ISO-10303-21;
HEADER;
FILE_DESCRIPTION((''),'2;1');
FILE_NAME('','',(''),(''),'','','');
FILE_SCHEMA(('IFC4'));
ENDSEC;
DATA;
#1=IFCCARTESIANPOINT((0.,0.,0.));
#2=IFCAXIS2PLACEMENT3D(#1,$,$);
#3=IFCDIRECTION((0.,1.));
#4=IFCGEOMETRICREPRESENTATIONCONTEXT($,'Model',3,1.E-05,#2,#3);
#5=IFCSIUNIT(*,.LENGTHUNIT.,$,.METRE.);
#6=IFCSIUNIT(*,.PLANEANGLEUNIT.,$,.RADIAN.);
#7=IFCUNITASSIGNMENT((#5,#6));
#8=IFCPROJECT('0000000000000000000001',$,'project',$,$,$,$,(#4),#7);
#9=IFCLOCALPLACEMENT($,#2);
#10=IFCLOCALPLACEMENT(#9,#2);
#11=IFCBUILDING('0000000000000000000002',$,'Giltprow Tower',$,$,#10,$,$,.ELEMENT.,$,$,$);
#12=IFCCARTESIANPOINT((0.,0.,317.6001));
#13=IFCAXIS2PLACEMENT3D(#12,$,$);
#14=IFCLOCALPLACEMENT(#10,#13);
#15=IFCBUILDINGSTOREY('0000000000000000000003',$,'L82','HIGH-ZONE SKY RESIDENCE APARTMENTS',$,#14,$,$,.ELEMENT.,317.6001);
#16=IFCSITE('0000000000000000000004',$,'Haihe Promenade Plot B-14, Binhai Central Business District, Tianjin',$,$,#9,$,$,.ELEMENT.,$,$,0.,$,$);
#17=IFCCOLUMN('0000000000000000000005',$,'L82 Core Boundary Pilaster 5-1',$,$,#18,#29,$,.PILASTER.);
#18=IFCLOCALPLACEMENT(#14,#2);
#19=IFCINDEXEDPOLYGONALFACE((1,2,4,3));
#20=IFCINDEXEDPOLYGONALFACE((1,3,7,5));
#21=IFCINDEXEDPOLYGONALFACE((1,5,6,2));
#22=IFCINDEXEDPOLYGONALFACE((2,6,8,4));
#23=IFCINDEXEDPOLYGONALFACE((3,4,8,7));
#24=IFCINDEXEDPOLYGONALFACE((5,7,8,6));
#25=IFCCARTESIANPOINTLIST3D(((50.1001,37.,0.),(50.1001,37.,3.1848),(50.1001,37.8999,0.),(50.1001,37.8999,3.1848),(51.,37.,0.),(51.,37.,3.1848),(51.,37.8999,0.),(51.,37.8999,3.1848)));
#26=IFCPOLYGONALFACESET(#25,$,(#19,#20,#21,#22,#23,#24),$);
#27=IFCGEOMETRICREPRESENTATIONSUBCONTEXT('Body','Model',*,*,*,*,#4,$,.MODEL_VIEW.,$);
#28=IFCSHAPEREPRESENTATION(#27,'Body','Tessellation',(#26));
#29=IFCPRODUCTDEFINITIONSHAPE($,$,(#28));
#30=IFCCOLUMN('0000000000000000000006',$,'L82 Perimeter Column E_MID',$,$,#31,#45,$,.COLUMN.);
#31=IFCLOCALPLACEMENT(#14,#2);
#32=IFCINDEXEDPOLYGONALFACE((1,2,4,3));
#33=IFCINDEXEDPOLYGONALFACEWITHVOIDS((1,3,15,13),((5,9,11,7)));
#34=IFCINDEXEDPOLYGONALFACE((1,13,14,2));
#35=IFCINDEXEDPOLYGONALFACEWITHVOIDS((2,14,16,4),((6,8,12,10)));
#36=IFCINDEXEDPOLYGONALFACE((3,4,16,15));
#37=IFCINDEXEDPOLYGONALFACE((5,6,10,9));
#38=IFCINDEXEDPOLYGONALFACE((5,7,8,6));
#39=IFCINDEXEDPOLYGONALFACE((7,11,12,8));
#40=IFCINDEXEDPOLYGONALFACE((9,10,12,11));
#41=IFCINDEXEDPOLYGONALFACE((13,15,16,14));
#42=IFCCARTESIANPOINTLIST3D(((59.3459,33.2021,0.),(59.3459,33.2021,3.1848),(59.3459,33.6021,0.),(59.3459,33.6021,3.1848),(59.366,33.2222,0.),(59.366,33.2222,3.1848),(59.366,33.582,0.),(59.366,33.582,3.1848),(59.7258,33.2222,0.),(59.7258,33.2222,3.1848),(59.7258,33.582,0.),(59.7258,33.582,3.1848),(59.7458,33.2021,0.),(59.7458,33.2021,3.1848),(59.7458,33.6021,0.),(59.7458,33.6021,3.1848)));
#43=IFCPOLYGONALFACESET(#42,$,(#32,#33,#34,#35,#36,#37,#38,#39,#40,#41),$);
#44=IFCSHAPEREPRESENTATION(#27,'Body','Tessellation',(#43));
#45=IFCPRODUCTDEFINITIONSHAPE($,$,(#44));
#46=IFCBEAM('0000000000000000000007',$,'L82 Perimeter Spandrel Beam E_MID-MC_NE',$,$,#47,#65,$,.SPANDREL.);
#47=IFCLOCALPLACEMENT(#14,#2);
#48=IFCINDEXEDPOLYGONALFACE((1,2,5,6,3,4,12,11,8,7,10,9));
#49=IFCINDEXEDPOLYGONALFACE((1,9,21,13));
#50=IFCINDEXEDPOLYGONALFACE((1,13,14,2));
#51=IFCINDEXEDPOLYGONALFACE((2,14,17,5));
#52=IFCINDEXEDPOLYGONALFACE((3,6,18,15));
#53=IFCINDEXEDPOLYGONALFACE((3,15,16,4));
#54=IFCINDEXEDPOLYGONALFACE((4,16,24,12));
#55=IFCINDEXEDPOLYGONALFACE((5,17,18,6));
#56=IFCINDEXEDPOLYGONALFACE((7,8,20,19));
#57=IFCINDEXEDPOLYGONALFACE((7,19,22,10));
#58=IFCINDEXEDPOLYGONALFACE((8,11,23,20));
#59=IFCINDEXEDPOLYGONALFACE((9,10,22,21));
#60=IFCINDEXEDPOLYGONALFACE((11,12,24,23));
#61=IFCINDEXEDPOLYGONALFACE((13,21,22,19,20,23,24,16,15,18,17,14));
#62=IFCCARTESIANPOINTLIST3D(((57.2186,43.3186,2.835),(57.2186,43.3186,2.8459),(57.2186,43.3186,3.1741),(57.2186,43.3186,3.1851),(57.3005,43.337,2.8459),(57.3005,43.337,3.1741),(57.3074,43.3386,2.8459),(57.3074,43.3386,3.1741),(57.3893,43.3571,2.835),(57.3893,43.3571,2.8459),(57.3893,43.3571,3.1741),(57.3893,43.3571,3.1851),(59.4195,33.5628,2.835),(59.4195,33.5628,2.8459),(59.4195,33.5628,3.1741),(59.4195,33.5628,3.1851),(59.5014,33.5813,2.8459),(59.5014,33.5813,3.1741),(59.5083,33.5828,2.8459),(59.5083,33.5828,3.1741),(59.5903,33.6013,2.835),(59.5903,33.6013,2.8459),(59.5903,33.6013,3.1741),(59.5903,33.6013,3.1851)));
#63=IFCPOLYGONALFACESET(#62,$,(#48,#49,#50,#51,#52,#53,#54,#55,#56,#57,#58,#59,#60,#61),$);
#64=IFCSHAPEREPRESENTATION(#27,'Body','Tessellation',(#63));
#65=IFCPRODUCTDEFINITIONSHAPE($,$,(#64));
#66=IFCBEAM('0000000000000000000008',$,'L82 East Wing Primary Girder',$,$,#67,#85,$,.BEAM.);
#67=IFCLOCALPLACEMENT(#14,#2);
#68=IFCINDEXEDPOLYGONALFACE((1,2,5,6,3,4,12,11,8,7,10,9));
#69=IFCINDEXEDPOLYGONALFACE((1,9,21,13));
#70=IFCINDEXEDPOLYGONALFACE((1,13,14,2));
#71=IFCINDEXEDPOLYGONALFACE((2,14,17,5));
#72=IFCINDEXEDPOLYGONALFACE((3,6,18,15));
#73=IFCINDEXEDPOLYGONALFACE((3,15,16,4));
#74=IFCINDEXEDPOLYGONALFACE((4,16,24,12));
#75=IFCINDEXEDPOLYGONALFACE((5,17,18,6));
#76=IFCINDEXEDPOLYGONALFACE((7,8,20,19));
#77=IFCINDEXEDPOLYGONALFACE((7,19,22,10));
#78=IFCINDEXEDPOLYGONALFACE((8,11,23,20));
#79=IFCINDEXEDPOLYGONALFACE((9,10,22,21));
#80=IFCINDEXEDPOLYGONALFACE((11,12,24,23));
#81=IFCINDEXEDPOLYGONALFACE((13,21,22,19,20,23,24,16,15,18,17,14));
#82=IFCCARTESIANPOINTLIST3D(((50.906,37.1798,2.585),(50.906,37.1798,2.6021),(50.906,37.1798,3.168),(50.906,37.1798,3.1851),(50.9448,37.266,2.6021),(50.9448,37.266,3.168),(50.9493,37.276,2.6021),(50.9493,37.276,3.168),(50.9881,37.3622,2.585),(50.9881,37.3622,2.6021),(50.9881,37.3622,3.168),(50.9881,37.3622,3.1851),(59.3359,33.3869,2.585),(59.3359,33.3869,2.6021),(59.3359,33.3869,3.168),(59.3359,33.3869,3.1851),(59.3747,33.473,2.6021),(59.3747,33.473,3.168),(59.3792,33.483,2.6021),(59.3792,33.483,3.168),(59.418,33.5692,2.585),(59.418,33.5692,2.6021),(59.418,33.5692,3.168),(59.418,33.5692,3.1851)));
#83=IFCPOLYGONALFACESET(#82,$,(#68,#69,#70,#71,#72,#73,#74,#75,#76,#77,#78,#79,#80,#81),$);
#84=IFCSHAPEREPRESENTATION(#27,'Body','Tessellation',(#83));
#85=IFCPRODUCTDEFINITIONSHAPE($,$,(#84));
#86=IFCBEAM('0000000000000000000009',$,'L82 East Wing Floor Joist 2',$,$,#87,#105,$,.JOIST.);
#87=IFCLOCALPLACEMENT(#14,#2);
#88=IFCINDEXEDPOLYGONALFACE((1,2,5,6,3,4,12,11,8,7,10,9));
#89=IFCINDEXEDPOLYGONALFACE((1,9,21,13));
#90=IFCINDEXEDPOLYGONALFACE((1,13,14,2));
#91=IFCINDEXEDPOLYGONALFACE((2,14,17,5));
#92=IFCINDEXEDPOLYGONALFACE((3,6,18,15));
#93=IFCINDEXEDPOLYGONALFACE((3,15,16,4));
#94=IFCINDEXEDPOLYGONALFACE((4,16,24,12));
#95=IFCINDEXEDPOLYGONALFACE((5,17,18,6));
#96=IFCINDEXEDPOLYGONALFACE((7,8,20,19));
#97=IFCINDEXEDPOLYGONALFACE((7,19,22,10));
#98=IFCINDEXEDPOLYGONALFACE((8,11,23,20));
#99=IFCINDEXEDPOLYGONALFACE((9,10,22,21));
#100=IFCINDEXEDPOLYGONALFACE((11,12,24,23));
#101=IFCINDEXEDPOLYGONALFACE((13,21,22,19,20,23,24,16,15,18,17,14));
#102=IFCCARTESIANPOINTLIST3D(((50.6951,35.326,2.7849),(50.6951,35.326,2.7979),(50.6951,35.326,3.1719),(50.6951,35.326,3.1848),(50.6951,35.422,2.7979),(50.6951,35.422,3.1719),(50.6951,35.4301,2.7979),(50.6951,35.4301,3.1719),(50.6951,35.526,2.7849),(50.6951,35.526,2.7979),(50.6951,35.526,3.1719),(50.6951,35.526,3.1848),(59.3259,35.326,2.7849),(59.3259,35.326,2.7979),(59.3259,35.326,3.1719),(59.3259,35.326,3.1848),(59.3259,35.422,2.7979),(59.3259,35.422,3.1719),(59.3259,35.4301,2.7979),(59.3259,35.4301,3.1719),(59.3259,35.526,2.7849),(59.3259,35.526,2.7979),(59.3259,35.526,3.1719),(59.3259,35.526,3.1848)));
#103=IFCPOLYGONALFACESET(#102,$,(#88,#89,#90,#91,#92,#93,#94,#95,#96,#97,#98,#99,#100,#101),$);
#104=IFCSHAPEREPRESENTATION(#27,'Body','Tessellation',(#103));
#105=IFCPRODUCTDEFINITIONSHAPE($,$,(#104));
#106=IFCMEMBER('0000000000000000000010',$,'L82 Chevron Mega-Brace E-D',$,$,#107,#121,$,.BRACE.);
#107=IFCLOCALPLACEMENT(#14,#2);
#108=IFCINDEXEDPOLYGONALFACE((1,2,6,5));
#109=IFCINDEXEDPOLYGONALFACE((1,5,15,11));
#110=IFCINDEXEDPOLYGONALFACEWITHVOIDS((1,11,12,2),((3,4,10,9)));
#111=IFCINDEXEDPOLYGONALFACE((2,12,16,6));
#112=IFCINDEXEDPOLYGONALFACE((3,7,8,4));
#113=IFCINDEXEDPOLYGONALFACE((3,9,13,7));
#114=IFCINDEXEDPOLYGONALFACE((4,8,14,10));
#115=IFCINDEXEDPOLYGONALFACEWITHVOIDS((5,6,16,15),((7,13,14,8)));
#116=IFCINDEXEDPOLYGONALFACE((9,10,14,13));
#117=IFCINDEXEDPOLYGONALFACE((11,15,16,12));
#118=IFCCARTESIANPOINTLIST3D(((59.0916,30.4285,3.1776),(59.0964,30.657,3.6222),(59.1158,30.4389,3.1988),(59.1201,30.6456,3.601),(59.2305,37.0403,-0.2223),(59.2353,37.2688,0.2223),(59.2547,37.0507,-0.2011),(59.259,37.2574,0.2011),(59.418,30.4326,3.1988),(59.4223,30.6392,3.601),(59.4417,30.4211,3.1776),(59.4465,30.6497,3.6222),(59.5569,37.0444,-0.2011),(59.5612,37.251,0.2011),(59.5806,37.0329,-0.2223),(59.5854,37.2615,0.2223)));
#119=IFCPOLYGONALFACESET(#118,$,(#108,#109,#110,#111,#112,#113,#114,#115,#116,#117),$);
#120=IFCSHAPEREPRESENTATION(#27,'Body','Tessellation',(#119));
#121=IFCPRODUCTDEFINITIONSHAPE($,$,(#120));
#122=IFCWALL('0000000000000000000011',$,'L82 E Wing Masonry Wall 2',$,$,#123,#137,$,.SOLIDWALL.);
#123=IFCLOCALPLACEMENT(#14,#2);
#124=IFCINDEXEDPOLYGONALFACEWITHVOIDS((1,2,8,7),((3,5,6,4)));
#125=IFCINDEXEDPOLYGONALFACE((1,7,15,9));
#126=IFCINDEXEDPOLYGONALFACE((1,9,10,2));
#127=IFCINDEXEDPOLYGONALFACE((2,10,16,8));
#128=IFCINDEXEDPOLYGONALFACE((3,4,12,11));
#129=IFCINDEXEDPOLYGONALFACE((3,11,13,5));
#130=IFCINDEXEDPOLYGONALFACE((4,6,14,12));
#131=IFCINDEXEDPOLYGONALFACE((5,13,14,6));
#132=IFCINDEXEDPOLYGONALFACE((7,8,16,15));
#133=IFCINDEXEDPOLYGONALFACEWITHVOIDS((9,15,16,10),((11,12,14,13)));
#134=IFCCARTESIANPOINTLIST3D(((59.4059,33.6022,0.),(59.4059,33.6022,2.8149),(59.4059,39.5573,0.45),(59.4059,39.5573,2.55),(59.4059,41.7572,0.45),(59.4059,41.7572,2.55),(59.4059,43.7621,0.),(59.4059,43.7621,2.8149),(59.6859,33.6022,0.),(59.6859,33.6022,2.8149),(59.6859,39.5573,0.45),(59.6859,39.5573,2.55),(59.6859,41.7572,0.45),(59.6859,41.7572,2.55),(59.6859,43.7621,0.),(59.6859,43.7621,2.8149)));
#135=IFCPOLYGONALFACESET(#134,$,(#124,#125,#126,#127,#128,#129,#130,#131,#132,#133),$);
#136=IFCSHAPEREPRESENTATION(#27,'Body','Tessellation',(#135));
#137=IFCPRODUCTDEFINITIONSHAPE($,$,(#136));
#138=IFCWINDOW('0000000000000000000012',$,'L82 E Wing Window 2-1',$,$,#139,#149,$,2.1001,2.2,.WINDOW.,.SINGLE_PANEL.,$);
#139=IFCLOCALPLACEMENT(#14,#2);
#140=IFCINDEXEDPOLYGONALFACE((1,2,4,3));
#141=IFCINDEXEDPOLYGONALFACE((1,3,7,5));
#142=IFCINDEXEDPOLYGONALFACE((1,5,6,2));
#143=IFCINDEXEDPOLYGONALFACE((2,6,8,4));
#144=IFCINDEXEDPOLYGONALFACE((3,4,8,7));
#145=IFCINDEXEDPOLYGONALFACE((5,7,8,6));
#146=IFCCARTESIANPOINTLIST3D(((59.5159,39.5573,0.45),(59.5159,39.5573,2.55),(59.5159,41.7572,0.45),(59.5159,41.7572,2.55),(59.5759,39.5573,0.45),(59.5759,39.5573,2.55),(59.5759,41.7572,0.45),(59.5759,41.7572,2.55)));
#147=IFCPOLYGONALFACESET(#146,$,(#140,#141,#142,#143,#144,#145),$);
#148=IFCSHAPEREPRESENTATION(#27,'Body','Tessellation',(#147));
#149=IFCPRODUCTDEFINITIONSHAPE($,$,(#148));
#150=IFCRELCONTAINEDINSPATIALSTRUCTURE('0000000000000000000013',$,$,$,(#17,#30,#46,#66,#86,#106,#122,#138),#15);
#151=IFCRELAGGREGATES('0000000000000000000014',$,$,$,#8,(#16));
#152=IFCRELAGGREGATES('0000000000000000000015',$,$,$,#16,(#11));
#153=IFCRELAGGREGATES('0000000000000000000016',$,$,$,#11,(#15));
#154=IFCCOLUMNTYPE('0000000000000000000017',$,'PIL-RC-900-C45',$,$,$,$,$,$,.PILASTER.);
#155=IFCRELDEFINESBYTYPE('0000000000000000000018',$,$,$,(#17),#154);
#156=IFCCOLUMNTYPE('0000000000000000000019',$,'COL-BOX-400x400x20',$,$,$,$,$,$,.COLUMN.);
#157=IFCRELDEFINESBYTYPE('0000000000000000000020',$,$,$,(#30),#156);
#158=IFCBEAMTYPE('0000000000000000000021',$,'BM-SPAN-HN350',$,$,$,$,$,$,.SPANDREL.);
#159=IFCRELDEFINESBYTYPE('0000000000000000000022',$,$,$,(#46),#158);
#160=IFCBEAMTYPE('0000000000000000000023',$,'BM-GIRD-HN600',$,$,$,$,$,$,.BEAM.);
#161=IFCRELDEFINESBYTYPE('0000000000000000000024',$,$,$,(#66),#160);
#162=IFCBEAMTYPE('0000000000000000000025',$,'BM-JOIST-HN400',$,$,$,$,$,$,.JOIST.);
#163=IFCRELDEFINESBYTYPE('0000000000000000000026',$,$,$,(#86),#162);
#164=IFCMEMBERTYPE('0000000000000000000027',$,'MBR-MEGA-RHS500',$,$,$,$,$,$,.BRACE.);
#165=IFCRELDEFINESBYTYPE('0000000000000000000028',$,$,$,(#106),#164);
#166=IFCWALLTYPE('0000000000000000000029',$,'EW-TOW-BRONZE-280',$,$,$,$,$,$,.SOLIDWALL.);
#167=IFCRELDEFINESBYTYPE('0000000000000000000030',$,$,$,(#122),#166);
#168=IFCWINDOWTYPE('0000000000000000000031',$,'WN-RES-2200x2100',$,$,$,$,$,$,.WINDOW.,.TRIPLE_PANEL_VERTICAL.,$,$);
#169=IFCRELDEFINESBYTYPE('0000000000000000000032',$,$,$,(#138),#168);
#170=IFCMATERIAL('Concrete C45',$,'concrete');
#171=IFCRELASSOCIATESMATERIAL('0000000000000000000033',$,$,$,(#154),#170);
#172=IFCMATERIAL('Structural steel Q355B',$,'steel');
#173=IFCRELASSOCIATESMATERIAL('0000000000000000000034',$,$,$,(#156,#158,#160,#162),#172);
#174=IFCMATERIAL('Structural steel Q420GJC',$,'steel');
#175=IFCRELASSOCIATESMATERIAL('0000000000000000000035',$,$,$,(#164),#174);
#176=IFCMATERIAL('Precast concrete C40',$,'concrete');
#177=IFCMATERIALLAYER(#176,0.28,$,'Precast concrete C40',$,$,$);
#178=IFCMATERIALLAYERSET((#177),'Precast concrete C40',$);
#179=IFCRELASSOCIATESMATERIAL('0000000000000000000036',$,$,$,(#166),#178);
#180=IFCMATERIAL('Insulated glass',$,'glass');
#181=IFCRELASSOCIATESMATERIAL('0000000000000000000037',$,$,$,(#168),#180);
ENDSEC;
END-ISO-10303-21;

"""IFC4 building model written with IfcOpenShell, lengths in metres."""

from ifc_helpers import new_model, si_unit, direction, frame, frame_2d, origin, origin_2d, place, context, subcontext, project, spatial, rectangle, hollow_rectangle, i_section, extrude, source, transform, mapped, material, layer, layer_set, material_profile, profile_set, type_object, element, fill, save


model = new_model("IFC4")

# Units and contexts
model_context = context("Model", 3, precision=1e-05, world=origin(), true_north=direction((0.0, 1.0)))
body_context = subcontext(model_context, "Body", "Model", "MODEL_VIEW")
ifc_project = project(units=[si_unit("LENGTHUNIT", "METRE"), si_unit("PLANEANGLEUNIT", "RADIAN")], contexts=[model_context])

# Site, building, storey
site_placement = place(None, origin())
site = spatial("IfcSite", under=ifc_project, at=site_placement, Name="Haihe Promenade Plot B-14, Binhai Central Business District, Tianjin", CompositionType="ELEMENT", RefElevation=0.0)
building_placement = place(site_placement, origin())
building = spatial("IfcBuilding", under=site, at=building_placement, Name="Giltprow Tower", CompositionType="ELEMENT")
storey_placement = place(building_placement, frame((0.0, 0.0, 317.6001)))
storey = spatial("IfcBuildingStorey", under=building, at=storey_placement, Name="L82", Description="HIGH-ZONE SKY RESIDENCE APARTMENTS", CompositionType="ELEMENT", Elevation=317.6001)

# Columns
ifc_material_1 = material(Name="Concrete C45", Category="concrete")
ifc_material_profile_1 = material_profile(ifc_material_1, rectangle(XDim=0.8999, YDim=0.8999, at=origin_2d()), Name="RC 900x900")
ifc_profile_set_1 = profile_set([ifc_material_profile_1], Name="Concrete C45")
column_type_1 = type_object("IfcColumnType", Name="PIL-RC-900-C45", PredefinedType="PILASTER", material=ifc_profile_set_1)
shared_shape_1 = source(origin(), body_context, "Body", "SweptSolid", [
    extrude(rectangle(XDim=0.8999, YDim=0.8999, at=origin_2d()), origin(), (0.0, 0.0, 1.0), 3.1848),
])
column_1_placement = place(storey_placement, frame((50.55, 37.45, 0.0), z_axis=(0.0, 0.0, 1.0), x_axis=(1.0, 0.0, 0.0)))
element("IfcColumn", 1, at=column_1_placement, inside=storey, type_object=column_type_1, Name="L82 Core Boundary Pilaster 5-1", PredefinedType="PILASTER", context=body_context, shape_type="MappedRepresentation", body=[
    mapped(shared_shape_1, transform((0.0, 0.0, 0.0), x_axis=(1.0, 0.0, 0.0), y_axis=(0.0, 1.0, 0.0), z_axis=(0.0, 0.0, 1.0), scale=1.0)),
])
ifc_material_2 = material(Name="Structural steel Q355B", Category="steel")
ifc_material_profile_2 = material_profile(ifc_material_2, hollow_rectangle(XDim=0.3999, YDim=0.3999, WallThickness=0.02, at=origin_2d()), Name="BOX 400x400x20")
ifc_profile_set_2 = profile_set([ifc_material_profile_2], Name="Structural steel Q355B")
column_type_2 = type_object("IfcColumnType", Name="COL-BOX-400x400x20", PredefinedType="COLUMN", material=ifc_profile_set_2)
shared_shape_2 = source(origin(), body_context, "Body", "SweptSolid", [
    extrude(hollow_rectangle(XDim=0.3999, YDim=0.3999, WallThickness=0.02, at=origin_2d()), origin(), (0.0, 0.0, 1.0), 3.1848),
])
column_2_placement = place(storey_placement, frame((59.5459, 33.4021, 0.0), z_axis=(0.0, 0.0, 1.0), x_axis=(1.0, 0.0, 0.0)))
element("IfcColumn", 2, at=column_2_placement, inside=storey, type_object=column_type_2, Name="L82 Perimeter Column E_MID", PredefinedType="COLUMN", context=body_context, shape_type="MappedRepresentation", body=[
    mapped(shared_shape_2, transform((0.0, 0.0, 0.0), x_axis=(1.0, 0.0, 0.0), y_axis=(0.0, 1.0, 0.0), z_axis=(0.0, 0.0, 1.0), scale=1.0)),
])

# Beams
ifc_material_profile_3 = material_profile(ifc_material_2, i_section(OverallWidth=0.175, OverallDepth=0.3501, WebThickness=0.0071, FlangeThickness=0.011, at=origin_2d()), Name="HN 350x175x7x11")
ifc_profile_set_3 = profile_set([ifc_material_profile_3], Name="Structural steel Q355B")
beam_type_1 = type_object("IfcBeamType", Name="BM-SPAN-HN350", PredefinedType="SPANDREL", material=ifc_profile_set_3)
shared_shape_3 = source(origin(), body_context, "Body", "SweptSolid", [
    extrude(i_section(OverallWidth=0.175, OverallDepth=0.3501, WebThickness=0.0071, FlangeThickness=0.011, at=origin_2d()), origin(), (0.0, 0.0, 1.0), 10.001),
])
beam_1_placement = place(storey_placement, frame((59.5049, 33.582, 3.01), z_axis=(-0.22007, 0.975484, 0.0), x_axis=(-0.975484, -0.22007, 0.0)))
element("IfcBeam", 3, at=beam_1_placement, inside=storey, type_object=beam_type_1, Name="L82 Perimeter Spandrel Beam E_MID-MC_NE", PredefinedType="SPANDREL", context=body_context, shape_type="MappedRepresentation", body=[
    mapped(shared_shape_3, transform((0.0, 0.0, 0.0), x_axis=(1.0, 0.0, 0.0), y_axis=(0.0, 1.0, 0.0), z_axis=(0.0, 0.0, 1.0), scale=1.0)),
])
ifc_material_profile_4 = material_profile(ifc_material_2, i_section(OverallWidth=0.2, OverallDepth=0.6001, WebThickness=0.011, FlangeThickness=0.0171, at=origin_2d()), Name="HN 600x200x11x17")
ifc_profile_set_4 = profile_set([ifc_material_profile_4], Name="Structural steel Q355B")
beam_type_2 = type_object("IfcBeamType", Name="BM-GIRD-HN600", PredefinedType="BEAM", material=ifc_profile_set_4)
shared_shape_4 = source(origin(), body_context, "Body", "SweptSolid", [
    extrude(i_section(OverallWidth=0.2, OverallDepth=0.6001, WebThickness=0.011, FlangeThickness=0.0171, at=origin_2d()), origin(), (0.0, 0.0, 1.0), 9.2439),
])
beam_2_placement = place(storey_placement, frame((59.377, 33.478, 2.885), z_axis=(-0.911942, 0.41032, 0.0), x_axis=(-0.41032, -0.911942, 0.0)))
element("IfcBeam", 4, at=beam_2_placement, inside=storey, type_object=beam_type_2, Name="L82 East Wing Primary Girder", PredefinedType="BEAM", context=body_context, shape_type="MappedRepresentation", body=[
    mapped(shared_shape_4, transform((0.0, 0.0, 0.0), x_axis=(1.0, 0.0, 0.0), y_axis=(0.0, 1.0, 0.0), z_axis=(0.0, 0.0, 1.0), scale=1.0)),
])
ifc_material_profile_5 = material_profile(ifc_material_2, i_section(OverallWidth=0.2, OverallDepth=0.3999, WebThickness=0.0081, FlangeThickness=0.0129, at=origin_2d()), Name="HN 400x200x8x13")
ifc_profile_set_5 = profile_set([ifc_material_profile_5], Name="Structural steel Q355B")
beam_type_3 = type_object("IfcBeamType", Name="BM-JOIST-HN400", PredefinedType="JOIST", material=ifc_profile_set_5)
shared_shape_5 = source(origin(), body_context, "Body", "SweptSolid", [
    extrude(i_section(OverallWidth=0.2, OverallDepth=0.3999, WebThickness=0.0081, FlangeThickness=0.0129, at=origin_2d()), origin(), (0.0, 0.0, 1.0), 8.6309),
])
beam_3_placement = place(storey_placement, frame((50.6951, 35.426, 2.9849), z_axis=(1.0, 0.0, 0.0), x_axis=(0.0, 1.0, 0.0)))
element("IfcBeam", 5, at=beam_3_placement, inside=storey, type_object=beam_type_3, Name="L82 East Wing Floor Joist 2", PredefinedType="JOIST", context=body_context, shape_type="MappedRepresentation", body=[
    mapped(shared_shape_5, transform((0.0, 0.0, 0.0), x_axis=(1.0, 0.0, 0.0), y_axis=(0.0, 1.0, 0.0), z_axis=(0.0, 0.0, 1.0), scale=1.0)),
])

# Member
ifc_material_3 = material(Name="Structural steel Q420GJC", Category="steel")
ifc_material_profile_6 = material_profile(ifc_material_3, hollow_rectangle(XDim=0.3501, YDim=0.5, WallThickness=0.0239, at=origin_2d()), Name="RHS 500x350x24")
ifc_profile_set_6 = profile_set([ifc_material_profile_6], Name="Structural steel Q420GJC")
member_type = type_object("IfcMemberType", Name="MBR-MEGA-RHS500", PredefinedType="BRACE", material=ifc_profile_set_6)
shared_shape_6 = source(origin(), body_context, "Body", "SweptSolid", [
    extrude(hollow_rectangle(XDim=0.3501, YDim=0.5, WallThickness=0.0239, at=origin_2d()), origin(), (0.0, 0.0, 1.0), 7.436),
])
member_placement = place(storey_placement, frame((59.408, 37.1509, 0.0), z_axis=(-0.018681, -0.889158, 0.457219), x_axis=(0.999779, -0.021006, 0.0)))
element("IfcMember", 6, at=member_placement, inside=storey, type_object=member_type, Name="L82 Chevron Mega-Brace E-D", PredefinedType="BRACE", context=body_context, shape_type="MappedRepresentation", body=[
    mapped(shared_shape_6, transform((0.0, 0.0, 0.0), x_axis=(1.0, 0.0, 0.0), y_axis=(0.0, 1.0, 0.0), z_axis=(0.0, 0.0, 1.0), scale=1.0)),
])

# Wall, opening, window
ifc_material_4 = material(Name="Precast concrete C40", Category="concrete")
ifc_layer_1 = layer(ifc_material_4, 0.28, Name="Precast concrete C40")
ifc_layer_set_1 = layer_set([ifc_layer_1], Name="Precast concrete C40")
wall_type_1 = type_object("IfcWallType", Name="EW-TOW-BRONZE-280", PredefinedType="SOLIDWALL", material=ifc_layer_set_1)
wall_1_placement = place(storey_placement, frame((59.5459, 33.6021, 0.0), z_axis=(0.0, 0.0, 1.0), x_axis=(0.0, 1.0, 0.0)))
wall_1 = element("IfcWall", 7, at=wall_1_placement, inside=storey, type_object=wall_type_1, Name="L82 E Wing Masonry Wall 2", PredefinedType="SOLIDWALL", context=body_context, shape_type="SweptSolid", body=[
    extrude(rectangle(XDim=10.1599, YDim=0.28, at=frame_2d((5.0801, 0.0))), origin(), (0.0, 0.0, 1.0), 2.8149),
])
opening_1_placement = place(wall_1_placement, frame((5.9551, 0.0, 0.45)))
opening_1 = element("IfcOpeningElement", 8, at=opening_1_placement, cuts=wall_1, PredefinedType="OPENING", context=body_context, shape_type="SweptSolid", body=[
    extrude(rectangle(XDim=2.2, YDim=2.1001, at=frame_2d((1.1001, 1.05))), frame((0.0, 0.1499, 0.0), z_axis=(0.0, -1.0, 0.0), x_axis=(1.0, 0.0, 0.0)), (0.0, 0.0, 1.0), 0.3),
])
ifc_material_5 = material(Name="Insulated glass", Category="glass")
window_type = type_object("IfcWindowType", Name="WN-RES-2200x2100", PartitioningType="TRIPLE_PANEL_VERTICAL", PredefinedType="WINDOW", material=ifc_material_5)
shared_shape_7 = source(origin(), body_context, "Body", "SweptSolid", [
    extrude(rectangle(XDim=2.2, YDim=2.1001, at=frame_2d((1.1001, 1.05))), frame((0.0, 0.03, 0.0), z_axis=(0.0, -1.0, 0.0), x_axis=(1.0, 0.0, 0.0)), (0.0, 0.0, 1.0), 0.0601),
])
window_placement = place(opening_1_placement, origin())
window = element("IfcWindow", 9, at=window_placement, inside=storey, type_object=window_type, Name="L82 E Wing Window 2-1", OverallHeight=2.1001, OverallWidth=2.2, PartitioningType="SINGLE_PANEL", PredefinedType="WINDOW", context=body_context, shape_type="MappedRepresentation", body=[
    mapped(shared_shape_7, transform((0.0, 0.0, 0.0), x_axis=(1.0, 0.0, 0.0), y_axis=(0.0, 1.0, 0.0), z_axis=(0.0, 0.0, 1.0), scale=1.0)),
])
fill(opening_1, window)

save(model, "model.ifc")
